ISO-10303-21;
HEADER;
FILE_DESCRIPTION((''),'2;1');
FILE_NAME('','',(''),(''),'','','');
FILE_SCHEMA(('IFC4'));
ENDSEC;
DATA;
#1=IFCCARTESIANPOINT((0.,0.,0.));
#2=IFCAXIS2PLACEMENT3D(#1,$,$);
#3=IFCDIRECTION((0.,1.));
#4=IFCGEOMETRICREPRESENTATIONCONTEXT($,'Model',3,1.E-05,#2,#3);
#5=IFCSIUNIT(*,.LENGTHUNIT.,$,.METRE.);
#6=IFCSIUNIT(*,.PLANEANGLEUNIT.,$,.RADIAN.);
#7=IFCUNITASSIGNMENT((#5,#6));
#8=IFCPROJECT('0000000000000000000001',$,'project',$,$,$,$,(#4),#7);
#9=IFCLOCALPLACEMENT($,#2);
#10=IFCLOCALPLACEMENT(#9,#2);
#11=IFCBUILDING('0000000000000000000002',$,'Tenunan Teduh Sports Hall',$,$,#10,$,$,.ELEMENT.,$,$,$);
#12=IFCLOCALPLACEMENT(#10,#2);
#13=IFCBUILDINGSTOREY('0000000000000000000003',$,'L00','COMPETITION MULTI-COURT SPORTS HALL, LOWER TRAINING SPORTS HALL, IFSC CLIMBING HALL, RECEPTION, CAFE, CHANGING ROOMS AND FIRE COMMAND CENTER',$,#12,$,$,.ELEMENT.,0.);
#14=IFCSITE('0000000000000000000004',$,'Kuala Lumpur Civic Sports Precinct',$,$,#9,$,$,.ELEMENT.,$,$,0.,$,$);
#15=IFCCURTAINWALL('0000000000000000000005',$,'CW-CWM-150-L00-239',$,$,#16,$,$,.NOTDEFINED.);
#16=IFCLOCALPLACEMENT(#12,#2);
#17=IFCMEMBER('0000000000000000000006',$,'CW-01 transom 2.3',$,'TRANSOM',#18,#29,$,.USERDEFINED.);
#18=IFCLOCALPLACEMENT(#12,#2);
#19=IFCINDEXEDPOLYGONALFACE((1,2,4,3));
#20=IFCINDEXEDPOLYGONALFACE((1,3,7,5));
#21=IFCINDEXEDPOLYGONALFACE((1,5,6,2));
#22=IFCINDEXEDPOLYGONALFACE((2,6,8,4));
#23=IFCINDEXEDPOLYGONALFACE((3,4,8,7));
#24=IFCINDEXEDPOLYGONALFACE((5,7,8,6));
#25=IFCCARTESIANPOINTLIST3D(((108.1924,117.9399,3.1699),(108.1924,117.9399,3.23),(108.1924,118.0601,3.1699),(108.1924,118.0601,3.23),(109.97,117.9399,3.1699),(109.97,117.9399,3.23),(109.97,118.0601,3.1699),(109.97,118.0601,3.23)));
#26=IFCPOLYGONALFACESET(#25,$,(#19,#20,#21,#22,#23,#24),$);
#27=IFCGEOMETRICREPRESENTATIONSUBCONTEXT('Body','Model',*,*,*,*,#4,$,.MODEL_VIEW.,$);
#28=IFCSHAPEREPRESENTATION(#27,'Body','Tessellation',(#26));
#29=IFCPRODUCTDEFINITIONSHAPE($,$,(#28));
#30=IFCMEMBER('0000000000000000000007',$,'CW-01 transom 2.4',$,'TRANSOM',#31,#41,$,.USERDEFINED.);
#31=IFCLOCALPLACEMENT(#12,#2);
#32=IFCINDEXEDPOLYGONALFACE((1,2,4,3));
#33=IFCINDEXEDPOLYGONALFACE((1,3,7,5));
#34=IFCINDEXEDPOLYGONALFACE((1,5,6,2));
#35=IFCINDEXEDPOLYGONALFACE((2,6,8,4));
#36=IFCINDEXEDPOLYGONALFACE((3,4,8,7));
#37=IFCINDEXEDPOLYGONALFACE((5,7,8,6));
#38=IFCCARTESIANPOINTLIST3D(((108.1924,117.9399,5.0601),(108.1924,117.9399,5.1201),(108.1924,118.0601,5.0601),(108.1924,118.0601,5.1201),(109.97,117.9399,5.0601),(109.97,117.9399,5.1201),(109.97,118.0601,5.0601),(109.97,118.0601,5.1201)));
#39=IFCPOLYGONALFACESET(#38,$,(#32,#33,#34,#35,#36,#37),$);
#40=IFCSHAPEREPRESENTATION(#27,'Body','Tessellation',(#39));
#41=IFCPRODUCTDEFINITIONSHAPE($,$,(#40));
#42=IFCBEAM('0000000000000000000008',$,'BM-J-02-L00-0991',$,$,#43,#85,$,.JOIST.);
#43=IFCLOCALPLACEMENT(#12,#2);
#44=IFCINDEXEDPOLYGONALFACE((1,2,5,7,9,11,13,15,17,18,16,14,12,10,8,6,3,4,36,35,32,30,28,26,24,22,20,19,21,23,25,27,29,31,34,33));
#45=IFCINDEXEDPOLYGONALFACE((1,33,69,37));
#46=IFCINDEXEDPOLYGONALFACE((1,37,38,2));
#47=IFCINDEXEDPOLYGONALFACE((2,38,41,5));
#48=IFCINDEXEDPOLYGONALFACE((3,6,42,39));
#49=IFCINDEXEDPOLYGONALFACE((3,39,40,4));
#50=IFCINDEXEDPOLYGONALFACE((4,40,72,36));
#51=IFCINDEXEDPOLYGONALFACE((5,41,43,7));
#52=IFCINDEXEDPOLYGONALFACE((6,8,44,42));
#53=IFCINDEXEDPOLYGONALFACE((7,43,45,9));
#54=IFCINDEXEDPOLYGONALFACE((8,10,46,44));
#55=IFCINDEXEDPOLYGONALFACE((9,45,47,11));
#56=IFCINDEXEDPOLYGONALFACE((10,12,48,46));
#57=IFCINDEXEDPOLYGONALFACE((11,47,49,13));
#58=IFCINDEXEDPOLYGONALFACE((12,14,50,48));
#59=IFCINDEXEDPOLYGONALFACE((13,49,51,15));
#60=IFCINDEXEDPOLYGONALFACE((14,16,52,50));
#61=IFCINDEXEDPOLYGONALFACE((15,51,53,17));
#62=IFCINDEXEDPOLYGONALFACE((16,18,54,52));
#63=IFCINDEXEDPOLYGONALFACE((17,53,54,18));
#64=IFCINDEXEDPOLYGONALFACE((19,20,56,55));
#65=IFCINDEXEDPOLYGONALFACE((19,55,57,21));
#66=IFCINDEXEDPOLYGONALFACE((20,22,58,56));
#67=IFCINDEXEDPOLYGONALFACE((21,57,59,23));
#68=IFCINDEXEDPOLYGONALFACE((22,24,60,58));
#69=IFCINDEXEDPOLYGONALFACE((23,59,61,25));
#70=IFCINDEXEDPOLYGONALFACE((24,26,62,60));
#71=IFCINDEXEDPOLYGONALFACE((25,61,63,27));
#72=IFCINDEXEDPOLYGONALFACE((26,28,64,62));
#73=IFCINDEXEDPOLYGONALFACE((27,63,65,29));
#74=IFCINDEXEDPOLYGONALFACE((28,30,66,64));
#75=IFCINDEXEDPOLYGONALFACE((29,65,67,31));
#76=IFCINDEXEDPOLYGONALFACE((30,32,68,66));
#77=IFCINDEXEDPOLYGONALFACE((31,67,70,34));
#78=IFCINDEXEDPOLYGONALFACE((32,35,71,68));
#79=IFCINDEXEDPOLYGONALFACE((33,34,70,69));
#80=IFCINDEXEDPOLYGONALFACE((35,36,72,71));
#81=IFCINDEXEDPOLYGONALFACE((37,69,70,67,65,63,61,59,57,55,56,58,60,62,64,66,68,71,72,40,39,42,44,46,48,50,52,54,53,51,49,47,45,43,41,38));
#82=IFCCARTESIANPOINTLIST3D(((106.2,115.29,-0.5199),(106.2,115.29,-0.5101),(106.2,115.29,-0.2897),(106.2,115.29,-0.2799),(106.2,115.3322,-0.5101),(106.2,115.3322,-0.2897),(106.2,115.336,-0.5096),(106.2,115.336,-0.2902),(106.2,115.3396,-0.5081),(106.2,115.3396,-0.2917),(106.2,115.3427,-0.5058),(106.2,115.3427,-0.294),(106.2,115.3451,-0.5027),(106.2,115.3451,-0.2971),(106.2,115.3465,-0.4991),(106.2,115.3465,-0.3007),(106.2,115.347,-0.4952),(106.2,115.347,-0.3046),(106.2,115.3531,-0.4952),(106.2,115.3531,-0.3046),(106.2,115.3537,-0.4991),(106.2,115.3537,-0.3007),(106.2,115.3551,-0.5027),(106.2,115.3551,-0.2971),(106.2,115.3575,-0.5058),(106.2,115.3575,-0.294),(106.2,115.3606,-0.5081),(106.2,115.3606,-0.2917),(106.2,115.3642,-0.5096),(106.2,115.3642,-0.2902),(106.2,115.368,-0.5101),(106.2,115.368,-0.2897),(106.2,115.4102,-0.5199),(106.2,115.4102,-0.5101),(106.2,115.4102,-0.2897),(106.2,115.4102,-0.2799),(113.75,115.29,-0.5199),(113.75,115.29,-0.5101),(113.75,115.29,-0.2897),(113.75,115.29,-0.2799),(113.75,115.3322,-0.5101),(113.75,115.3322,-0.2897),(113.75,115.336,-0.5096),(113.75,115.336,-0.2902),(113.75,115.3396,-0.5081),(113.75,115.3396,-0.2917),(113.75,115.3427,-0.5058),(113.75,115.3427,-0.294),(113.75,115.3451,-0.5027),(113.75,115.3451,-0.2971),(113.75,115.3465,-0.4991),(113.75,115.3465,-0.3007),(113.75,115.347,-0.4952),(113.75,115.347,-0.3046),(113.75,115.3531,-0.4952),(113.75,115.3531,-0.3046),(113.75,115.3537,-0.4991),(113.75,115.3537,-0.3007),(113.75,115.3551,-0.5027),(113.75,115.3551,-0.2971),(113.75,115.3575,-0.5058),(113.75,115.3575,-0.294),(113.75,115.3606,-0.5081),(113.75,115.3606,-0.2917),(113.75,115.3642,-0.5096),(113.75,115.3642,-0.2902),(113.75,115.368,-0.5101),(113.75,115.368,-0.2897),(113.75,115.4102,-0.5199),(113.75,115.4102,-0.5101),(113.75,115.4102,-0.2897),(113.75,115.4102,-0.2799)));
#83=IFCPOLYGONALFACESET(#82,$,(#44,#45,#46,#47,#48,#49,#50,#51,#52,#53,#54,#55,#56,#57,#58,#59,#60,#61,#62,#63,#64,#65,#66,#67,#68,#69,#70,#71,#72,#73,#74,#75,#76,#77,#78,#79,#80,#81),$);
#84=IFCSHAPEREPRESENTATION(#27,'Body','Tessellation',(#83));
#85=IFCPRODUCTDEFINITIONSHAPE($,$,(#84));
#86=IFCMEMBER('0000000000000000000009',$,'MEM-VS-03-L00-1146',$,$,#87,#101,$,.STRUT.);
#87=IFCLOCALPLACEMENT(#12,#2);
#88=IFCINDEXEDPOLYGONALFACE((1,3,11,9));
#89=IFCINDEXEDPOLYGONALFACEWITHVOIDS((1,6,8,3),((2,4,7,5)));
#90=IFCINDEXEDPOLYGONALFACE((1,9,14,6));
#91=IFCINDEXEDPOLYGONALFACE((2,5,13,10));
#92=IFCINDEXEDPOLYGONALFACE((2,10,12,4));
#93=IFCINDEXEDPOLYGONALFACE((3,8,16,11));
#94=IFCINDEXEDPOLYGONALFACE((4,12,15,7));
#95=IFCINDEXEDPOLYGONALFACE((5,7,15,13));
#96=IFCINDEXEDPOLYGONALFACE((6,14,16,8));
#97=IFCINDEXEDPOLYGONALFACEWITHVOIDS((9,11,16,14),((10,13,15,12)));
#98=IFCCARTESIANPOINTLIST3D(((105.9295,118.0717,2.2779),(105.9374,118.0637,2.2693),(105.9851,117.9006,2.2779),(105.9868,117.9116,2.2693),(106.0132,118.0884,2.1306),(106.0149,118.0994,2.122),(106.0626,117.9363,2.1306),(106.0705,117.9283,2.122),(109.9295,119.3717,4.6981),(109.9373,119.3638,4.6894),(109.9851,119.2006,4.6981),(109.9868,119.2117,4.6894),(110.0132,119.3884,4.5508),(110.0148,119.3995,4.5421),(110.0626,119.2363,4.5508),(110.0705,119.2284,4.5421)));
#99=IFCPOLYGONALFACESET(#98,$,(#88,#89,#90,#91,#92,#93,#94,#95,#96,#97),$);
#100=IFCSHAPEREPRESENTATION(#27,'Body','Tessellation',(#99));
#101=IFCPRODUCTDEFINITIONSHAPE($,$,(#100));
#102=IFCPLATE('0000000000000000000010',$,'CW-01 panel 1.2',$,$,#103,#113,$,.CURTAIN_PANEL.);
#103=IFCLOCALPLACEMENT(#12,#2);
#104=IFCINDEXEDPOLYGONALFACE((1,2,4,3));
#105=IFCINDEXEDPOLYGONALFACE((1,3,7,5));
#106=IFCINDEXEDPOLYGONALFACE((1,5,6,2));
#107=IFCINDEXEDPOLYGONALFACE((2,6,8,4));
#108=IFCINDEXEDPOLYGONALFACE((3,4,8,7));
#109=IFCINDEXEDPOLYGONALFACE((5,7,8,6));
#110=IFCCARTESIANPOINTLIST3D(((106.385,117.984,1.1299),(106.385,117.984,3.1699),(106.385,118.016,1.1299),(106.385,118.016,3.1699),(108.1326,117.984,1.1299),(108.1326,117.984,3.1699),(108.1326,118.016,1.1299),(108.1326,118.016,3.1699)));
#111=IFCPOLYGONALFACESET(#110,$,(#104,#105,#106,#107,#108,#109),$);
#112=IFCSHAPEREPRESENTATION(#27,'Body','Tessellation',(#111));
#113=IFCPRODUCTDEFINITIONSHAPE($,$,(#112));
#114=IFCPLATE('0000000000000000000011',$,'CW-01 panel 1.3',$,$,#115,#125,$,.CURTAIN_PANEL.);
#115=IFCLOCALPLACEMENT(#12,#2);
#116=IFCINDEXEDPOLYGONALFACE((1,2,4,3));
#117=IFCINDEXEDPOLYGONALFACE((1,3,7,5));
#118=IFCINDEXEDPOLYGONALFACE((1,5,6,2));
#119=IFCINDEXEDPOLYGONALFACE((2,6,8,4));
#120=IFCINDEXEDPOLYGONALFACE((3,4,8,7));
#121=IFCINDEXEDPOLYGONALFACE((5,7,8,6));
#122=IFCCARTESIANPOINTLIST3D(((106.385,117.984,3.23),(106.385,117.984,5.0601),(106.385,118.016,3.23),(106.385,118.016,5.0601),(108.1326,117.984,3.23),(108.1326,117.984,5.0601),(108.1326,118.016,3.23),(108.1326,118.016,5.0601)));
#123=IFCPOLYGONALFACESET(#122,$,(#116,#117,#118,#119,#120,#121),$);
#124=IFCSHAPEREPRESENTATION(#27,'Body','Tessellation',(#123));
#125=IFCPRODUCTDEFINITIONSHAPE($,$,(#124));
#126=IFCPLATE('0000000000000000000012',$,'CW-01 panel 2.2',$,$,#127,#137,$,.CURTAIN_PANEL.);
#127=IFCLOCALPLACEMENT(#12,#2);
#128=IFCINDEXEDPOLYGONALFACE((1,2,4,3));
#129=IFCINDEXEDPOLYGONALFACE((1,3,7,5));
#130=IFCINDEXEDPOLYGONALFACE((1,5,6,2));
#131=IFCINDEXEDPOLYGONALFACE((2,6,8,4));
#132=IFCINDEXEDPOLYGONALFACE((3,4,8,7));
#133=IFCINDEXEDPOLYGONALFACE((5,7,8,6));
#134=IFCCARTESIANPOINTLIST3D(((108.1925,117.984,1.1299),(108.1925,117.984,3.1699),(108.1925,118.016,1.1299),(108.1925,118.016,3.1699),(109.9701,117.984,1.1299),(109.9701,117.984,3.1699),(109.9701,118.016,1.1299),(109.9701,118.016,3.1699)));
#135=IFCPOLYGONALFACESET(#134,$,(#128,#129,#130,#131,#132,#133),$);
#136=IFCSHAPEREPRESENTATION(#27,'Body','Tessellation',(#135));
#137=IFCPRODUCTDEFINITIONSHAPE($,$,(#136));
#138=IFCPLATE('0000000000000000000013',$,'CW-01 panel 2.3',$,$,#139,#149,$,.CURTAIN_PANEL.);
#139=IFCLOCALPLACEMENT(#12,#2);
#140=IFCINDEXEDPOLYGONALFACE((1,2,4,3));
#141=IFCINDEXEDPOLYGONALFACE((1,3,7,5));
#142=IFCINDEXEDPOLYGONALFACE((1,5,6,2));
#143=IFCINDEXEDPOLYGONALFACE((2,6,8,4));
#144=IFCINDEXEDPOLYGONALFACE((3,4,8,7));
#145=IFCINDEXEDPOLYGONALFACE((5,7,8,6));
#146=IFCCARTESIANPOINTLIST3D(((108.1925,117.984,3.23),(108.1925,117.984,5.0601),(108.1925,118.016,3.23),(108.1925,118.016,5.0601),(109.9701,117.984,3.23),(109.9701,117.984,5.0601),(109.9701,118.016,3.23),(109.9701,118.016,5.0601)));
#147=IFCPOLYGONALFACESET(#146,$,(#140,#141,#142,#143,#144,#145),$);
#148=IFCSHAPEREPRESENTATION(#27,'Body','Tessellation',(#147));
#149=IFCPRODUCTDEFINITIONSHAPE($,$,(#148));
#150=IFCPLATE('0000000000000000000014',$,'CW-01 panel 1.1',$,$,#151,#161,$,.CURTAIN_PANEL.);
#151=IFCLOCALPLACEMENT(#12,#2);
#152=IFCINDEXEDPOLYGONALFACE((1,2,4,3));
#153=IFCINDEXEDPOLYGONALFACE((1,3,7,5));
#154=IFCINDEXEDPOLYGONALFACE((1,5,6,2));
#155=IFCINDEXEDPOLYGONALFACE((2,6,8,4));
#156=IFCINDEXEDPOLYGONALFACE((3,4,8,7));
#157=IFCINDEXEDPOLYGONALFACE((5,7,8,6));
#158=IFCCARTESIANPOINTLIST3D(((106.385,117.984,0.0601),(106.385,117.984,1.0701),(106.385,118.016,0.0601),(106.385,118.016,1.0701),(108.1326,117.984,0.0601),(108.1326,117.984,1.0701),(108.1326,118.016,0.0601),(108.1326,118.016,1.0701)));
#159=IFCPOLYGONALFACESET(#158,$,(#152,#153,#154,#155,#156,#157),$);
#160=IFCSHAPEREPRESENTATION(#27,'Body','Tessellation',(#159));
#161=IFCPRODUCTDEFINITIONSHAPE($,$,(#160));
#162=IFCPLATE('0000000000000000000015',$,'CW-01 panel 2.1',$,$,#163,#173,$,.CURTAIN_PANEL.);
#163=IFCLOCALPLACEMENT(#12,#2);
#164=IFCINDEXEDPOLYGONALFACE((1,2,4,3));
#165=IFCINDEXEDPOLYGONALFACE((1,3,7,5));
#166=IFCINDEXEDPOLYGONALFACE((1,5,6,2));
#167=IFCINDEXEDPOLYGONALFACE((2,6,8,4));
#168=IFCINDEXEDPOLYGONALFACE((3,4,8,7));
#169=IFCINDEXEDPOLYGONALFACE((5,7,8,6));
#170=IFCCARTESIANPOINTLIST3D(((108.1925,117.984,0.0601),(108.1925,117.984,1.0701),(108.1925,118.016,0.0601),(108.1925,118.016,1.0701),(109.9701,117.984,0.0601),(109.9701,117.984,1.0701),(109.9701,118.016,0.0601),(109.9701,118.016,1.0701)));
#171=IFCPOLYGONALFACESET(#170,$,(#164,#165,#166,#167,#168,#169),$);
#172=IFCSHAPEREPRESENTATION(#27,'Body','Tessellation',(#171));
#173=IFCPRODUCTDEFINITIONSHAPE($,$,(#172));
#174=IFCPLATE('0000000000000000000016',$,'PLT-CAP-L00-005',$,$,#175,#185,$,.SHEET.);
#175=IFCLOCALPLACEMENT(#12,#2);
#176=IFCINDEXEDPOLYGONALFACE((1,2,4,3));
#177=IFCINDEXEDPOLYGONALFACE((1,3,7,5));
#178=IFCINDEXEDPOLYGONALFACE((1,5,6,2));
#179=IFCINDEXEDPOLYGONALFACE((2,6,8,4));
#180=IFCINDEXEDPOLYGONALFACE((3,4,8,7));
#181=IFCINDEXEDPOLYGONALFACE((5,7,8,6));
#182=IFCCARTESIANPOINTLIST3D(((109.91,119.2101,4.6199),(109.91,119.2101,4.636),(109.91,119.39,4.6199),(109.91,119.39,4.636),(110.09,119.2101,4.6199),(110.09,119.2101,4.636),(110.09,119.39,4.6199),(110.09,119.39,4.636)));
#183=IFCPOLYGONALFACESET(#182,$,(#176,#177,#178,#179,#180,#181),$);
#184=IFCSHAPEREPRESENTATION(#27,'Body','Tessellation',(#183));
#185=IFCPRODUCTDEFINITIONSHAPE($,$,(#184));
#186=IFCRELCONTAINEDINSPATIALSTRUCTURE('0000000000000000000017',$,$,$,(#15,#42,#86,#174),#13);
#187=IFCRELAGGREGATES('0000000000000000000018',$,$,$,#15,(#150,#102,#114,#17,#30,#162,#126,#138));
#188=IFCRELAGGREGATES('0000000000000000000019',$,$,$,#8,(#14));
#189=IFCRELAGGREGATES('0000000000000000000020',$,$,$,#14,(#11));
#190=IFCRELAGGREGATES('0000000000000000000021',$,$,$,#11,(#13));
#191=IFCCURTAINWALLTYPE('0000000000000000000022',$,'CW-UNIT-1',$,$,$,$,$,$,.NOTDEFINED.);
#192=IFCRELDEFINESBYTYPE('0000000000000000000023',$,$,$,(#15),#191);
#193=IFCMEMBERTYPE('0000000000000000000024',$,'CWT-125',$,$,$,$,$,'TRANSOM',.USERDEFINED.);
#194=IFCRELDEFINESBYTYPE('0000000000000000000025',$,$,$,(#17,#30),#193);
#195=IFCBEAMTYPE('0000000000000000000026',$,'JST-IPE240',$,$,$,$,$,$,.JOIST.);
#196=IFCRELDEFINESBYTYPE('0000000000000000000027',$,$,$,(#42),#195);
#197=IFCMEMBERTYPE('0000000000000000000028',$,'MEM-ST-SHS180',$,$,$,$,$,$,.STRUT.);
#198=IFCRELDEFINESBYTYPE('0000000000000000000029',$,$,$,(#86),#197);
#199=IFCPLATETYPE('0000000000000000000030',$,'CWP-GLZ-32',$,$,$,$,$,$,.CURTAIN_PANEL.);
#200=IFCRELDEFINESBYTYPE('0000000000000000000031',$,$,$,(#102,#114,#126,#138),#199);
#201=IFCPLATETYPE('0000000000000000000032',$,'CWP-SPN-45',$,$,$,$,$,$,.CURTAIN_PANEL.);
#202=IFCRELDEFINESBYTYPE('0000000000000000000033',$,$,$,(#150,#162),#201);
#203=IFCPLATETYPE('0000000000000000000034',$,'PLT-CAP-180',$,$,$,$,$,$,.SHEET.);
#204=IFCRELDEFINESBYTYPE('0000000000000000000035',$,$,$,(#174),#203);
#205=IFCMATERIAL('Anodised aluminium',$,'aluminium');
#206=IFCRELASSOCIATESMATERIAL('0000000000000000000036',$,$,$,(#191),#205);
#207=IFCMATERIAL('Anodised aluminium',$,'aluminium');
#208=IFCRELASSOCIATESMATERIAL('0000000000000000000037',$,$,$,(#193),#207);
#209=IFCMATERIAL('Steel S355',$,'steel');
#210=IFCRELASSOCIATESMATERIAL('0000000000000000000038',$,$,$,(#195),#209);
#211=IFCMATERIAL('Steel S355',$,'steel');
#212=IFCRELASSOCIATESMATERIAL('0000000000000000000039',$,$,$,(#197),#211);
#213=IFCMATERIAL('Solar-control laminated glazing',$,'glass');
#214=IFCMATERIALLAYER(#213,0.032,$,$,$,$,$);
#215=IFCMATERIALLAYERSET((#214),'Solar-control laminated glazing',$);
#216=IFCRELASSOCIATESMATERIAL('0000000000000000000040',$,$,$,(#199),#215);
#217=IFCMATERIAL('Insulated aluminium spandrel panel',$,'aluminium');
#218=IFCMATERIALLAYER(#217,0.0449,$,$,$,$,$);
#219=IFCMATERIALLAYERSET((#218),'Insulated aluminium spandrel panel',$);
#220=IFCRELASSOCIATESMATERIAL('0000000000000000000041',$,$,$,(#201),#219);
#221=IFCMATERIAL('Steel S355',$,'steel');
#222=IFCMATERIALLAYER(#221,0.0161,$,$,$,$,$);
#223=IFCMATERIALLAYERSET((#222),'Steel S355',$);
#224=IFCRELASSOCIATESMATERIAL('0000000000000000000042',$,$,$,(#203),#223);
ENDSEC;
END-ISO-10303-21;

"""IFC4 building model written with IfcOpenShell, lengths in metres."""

from ifc_helpers import new_model, si_unit, direction, frame, origin, origin_2d, place, context, subcontext, project, spatial, rectangle, hollow_rectangle, i_section, extrude, material, layer, layer_set, material_profile, profile_set, type_object, element, aggregate, save


model = new_model("IFC4")

# Units and contexts
model_context = context("Model", 3, precision=1e-05, world=origin(), true_north=direction((0.0, 1.0)))
body_context = subcontext(model_context, "Body", "Model", "MODEL_VIEW")
ifc_project = project(units=[si_unit("LENGTHUNIT", "METRE"), si_unit("PLANEANGLEUNIT", "RADIAN")], contexts=[model_context])

# Site, building, storey
site_placement = place(None, origin())
site = spatial("IfcSite", under=ifc_project, at=site_placement, Name="Kuala Lumpur Civic Sports Precinct", CompositionType="ELEMENT", RefElevation=0.0)
building_placement = place(site_placement, origin())
building = spatial("IfcBuilding", under=site, at=building_placement, Name="Tenunan Teduh Sports Hall", CompositionType="ELEMENT")
storey_placement = place(building_placement, origin())
storey = spatial("IfcBuildingStorey", under=building, at=storey_placement, Name="L00", Description="COMPETITION MULTI-COURT SPORTS HALL, LOWER TRAINING SPORTS HALL, IFSC CLIMBING HALL, RECEPTION, CAFE, CHANGING ROOMS AND FIRE COMMAND CENTER", CompositionType="ELEMENT", Elevation=0.0)

# Curtain wall
ifc_material_1 = material(Name="Anodised aluminium", Category="aluminium")
curtain_wall_type = type_object("IfcCurtainWallType", Name="CW-UNIT-1", PredefinedType="NOTDEFINED", material=ifc_material_1)
curtain_wall_1_placement = place(storey_placement, origin())
curtain_wall_1 = element("IfcCurtainWall", 1, at=curtain_wall_1_placement, inside=storey, type_object=curtain_wall_type, Name="CW-CWM-150-L00-239", PredefinedType="NOTDEFINED")

# Members
ifc_material_2 = material(Name="Anodised aluminium", Category="aluminium")
ifc_material_profile_1 = material_profile(ifc_material_2, rectangle(XDim=0.0601, YDim=0.1201, at=origin_2d()), Name="CWT 60x120")
ifc_profile_set_1 = profile_set([ifc_material_profile_1], Name="Anodised aluminium")
member_type_1 = type_object("IfcMemberType", Name="CWT-125", ElementType="TRANSOM", PredefinedType="USERDEFINED", material=ifc_profile_set_1)
member_1_placement = place(storey_placement, frame((108.1924, 118.0, 3.2), z_axis=(1.0, 0.0, 0.0), x_axis=(0.0, 0.0, 1.0)))
member_1 = element("IfcMember", 2, at=member_1_placement, type_object=member_type_1, Name="CW-01 transom 2.3", ObjectType="TRANSOM", PredefinedType="USERDEFINED", context=body_context, shape_type="SweptSolid", body=[
    extrude(rectangle(XDim=0.0601, YDim=0.1201, at=origin_2d()), origin(), (0.0, 0.0, 1.0), 1.7776),
])
member_2_placement = place(storey_placement, frame((108.1924, 118.0, 5.0901), z_axis=(1.0, 0.0, 0.0), x_axis=(0.0, 0.0, 1.0)))
member_2 = element("IfcMember", 3, at=member_2_placement, type_object=member_type_1, Name="CW-01 transom 2.4", ObjectType="TRANSOM", PredefinedType="USERDEFINED", context=body_context, shape_type="SweptSolid", body=[
    extrude(rectangle(XDim=0.0601, YDim=0.1201, at=origin_2d()), origin(), (0.0, 0.0, 1.0), 1.7776),
])

# Beam
ifc_material_3 = material(Name="Steel S355", Category="steel")
ifc_material_profile_2 = material_profile(ifc_material_3, i_section(OverallWidth=0.1201, OverallDepth=0.24, WebThickness=0.0061, FlangeThickness=0.0098, FilletRadius=0.0149, at=origin_2d()), Name="IPE 240")
ifc_profile_set_2 = profile_set([ifc_material_profile_2], Name="Steel S355")
beam_type_1 = type_object("IfcBeamType", Name="JST-IPE240", PredefinedType="JOIST", material=ifc_profile_set_2)
beam_1_placement = place(storey_placement, frame((106.2, 115.3501, -0.3999), z_axis=(1.0, 0.0, 0.0), x_axis=(0.0, 1.0, 0.0)))
element("IfcBeam", 4, at=beam_1_placement, inside=storey, type_object=beam_type_1, Name="BM-J-02-L00-0991", PredefinedType="JOIST", context=body_context, shape_type="SweptSolid", body=[
    extrude(i_section(OverallWidth=0.1201, OverallDepth=0.24, WebThickness=0.0061, FlangeThickness=0.0098, FilletRadius=0.0149, at=origin_2d()), origin(), (0.0, 0.0, 1.0), 7.55),
])

# Member
ifc_material_4 = material(Name="Steel S355", Category="steel")
ifc_material_profile_3 = material_profile(ifc_material_4, hollow_rectangle(XDim=0.1799, YDim=0.1799, WallThickness=0.01, at=origin_2d()), Name="SHS 180x180x10.0")
ifc_profile_set_3 = profile_set([ifc_material_profile_3], Name="Steel S355")
member_type_2 = type_object("IfcMemberType", Name="MEM-ST-SHS180", PredefinedType="STRUT", material=ifc_profile_set_3)
member_3_placement = place(storey_placement, frame((106.0, 118.0, 2.2), z_axis=(0.824307, 0.26791, 0.49874), x_axis=(-0.309097, 0.951031, 0.0)))
element("IfcMember", 5, at=member_3_placement, inside=storey, type_object=member_type_2, Name="MEM-VS-03-L00-1146", PredefinedType="STRUT", context=body_context, shape_type="SweptSolid", body=[
    extrude(hollow_rectangle(XDim=0.1799, YDim=0.1799, WallThickness=0.01, at=origin_2d()), origin(), (0.0, 0.0, 1.0), 4.8525),
])

# Plates
ifc_material_5 = material(Name="Solar-control laminated glazing", Category="glass")
ifc_layer_1 = layer(ifc_material_5, 0.032)
ifc_layer_set_1 = layer_set([ifc_layer_1], Name="Solar-control laminated glazing")
plate_type_1 = type_object("IfcPlateType", Name="CWP-GLZ-32", PredefinedType="CURTAIN_PANEL", material=ifc_layer_set_1)
plate_1_placement = place(storey_placement, frame((107.2588, 118.0, 1.1299), z_axis=(0.0, 0.0, 1.0), x_axis=(1.0, 0.0, 0.0)))
plate_1 = element("IfcPlate", 6, at=plate_1_placement, type_object=plate_type_1, Name="CW-01 panel 1.2", PredefinedType="CURTAIN_PANEL", context=body_context, shape_type="SweptSolid", body=[
    extrude(rectangle(XDim=1.7476, YDim=0.032, at=origin_2d()), origin(), (0.0, 0.0, 1.0), 2.04),
])
plate_2_placement = place(storey_placement, frame((107.2588, 118.0, 3.23), z_axis=(0.0, 0.0, 1.0), x_axis=(1.0, 0.0, 0.0)))
plate_2 = element("IfcPlate", 7, at=plate_2_placement, type_object=plate_type_1, Name="CW-01 panel 1.3", PredefinedType="CURTAIN_PANEL", context=body_context, shape_type="SweptSolid", body=[
    extrude(rectangle(XDim=1.7476, YDim=0.032, at=origin_2d()), origin(), (0.0, 0.0, 1.0), 1.8301),
])
plate_3_placement = place(storey_placement, frame((109.0813, 118.0, 1.1299), z_axis=(0.0, 0.0, 1.0), x_axis=(1.0, 0.0, 0.0)))
plate_3 = element("IfcPlate", 8, at=plate_3_placement, type_object=plate_type_1, Name="CW-01 panel 2.2", PredefinedType="CURTAIN_PANEL", context=body_context, shape_type="SweptSolid", body=[
    extrude(rectangle(XDim=1.7776, YDim=0.032, at=origin_2d()), origin(), (0.0, 0.0, 1.0), 2.04),
])
plate_4_placement = place(storey_placement, frame((109.0813, 118.0, 3.23), z_axis=(0.0, 0.0, 1.0), x_axis=(1.0, 0.0, 0.0)))
plate_4 = element("IfcPlate", 9, at=plate_4_placement, type_object=plate_type_1, Name="CW-01 panel 2.3", PredefinedType="CURTAIN_PANEL", context=body_context, shape_type="SweptSolid", body=[
    extrude(rectangle(XDim=1.7776, YDim=0.032, at=origin_2d()), origin(), (0.0, 0.0, 1.0), 1.8301),
])
ifc_material_6 = material(Name="Insulated aluminium spandrel panel", Category="aluminium")
ifc_layer_2 = layer(ifc_material_6, 0.0449)
ifc_layer_set_2 = layer_set([ifc_layer_2], Name="Insulated aluminium spandrel panel")
plate_type_2 = type_object("IfcPlateType", Name="CWP-SPN-45", PredefinedType="CURTAIN_PANEL", material=ifc_layer_set_2)
plate_5_placement = place(storey_placement, frame((107.2588, 118.0, 0.0601), z_axis=(0.0, 0.0, 1.0), x_axis=(1.0, 0.0, 0.0)))
plate_5 = element("IfcPlate", 10, at=plate_5_placement, type_object=plate_type_2, Name="CW-01 panel 1.1", PredefinedType="CURTAIN_PANEL", context=body_context, shape_type="SweptSolid", body=[
    extrude(rectangle(XDim=1.7476, YDim=0.032, at=origin_2d()), origin(), (0.0, 0.0, 1.0), 1.01),
])
plate_6_placement = place(storey_placement, frame((109.0813, 118.0, 0.0601), z_axis=(0.0, 0.0, 1.0), x_axis=(1.0, 0.0, 0.0)))
plate_6 = element("IfcPlate", 11, at=plate_6_placement, type_object=plate_type_2, Name="CW-01 panel 2.1", PredefinedType="CURTAIN_PANEL", context=body_context, shape_type="SweptSolid", body=[
    extrude(rectangle(XDim=1.7776, YDim=0.032, at=origin_2d()), origin(), (0.0, 0.0, 1.0), 1.01),
])
aggregate(curtain_wall_1, [plate_5, plate_1, plate_2, member_1, member_2, plate_6, plate_3, plate_4])
ifc_material_7 = material(Name="Steel S355", Category="steel")
ifc_layer_3 = layer(ifc_material_7, 0.0161)
ifc_layer_set_3 = layer_set([ifc_layer_3], Name="Steel S355")
plate_type_3 = type_object("IfcPlateType", Name="PLT-CAP-180", PredefinedType="SHEET", material=ifc_layer_set_3)
plate_7_placement = place(storey_placement, frame((110.0, 119.3, 4.6199), z_axis=(0.0, 0.0, 1.0), x_axis=(1.0, 0.0, 0.0)))
element("IfcPlate", 12, at=plate_7_placement, inside=storey, type_object=plate_type_3, Name="PLT-CAP-L00-005", PredefinedType="SHEET", context=body_context, shape_type="SweptSolid", body=[
    extrude(rectangle(XDim=0.1799, YDim=0.1799, at=origin_2d()), origin(), (0.0, 0.0, 1.0), 0.0161),
])

save(model, "model.ifc")
